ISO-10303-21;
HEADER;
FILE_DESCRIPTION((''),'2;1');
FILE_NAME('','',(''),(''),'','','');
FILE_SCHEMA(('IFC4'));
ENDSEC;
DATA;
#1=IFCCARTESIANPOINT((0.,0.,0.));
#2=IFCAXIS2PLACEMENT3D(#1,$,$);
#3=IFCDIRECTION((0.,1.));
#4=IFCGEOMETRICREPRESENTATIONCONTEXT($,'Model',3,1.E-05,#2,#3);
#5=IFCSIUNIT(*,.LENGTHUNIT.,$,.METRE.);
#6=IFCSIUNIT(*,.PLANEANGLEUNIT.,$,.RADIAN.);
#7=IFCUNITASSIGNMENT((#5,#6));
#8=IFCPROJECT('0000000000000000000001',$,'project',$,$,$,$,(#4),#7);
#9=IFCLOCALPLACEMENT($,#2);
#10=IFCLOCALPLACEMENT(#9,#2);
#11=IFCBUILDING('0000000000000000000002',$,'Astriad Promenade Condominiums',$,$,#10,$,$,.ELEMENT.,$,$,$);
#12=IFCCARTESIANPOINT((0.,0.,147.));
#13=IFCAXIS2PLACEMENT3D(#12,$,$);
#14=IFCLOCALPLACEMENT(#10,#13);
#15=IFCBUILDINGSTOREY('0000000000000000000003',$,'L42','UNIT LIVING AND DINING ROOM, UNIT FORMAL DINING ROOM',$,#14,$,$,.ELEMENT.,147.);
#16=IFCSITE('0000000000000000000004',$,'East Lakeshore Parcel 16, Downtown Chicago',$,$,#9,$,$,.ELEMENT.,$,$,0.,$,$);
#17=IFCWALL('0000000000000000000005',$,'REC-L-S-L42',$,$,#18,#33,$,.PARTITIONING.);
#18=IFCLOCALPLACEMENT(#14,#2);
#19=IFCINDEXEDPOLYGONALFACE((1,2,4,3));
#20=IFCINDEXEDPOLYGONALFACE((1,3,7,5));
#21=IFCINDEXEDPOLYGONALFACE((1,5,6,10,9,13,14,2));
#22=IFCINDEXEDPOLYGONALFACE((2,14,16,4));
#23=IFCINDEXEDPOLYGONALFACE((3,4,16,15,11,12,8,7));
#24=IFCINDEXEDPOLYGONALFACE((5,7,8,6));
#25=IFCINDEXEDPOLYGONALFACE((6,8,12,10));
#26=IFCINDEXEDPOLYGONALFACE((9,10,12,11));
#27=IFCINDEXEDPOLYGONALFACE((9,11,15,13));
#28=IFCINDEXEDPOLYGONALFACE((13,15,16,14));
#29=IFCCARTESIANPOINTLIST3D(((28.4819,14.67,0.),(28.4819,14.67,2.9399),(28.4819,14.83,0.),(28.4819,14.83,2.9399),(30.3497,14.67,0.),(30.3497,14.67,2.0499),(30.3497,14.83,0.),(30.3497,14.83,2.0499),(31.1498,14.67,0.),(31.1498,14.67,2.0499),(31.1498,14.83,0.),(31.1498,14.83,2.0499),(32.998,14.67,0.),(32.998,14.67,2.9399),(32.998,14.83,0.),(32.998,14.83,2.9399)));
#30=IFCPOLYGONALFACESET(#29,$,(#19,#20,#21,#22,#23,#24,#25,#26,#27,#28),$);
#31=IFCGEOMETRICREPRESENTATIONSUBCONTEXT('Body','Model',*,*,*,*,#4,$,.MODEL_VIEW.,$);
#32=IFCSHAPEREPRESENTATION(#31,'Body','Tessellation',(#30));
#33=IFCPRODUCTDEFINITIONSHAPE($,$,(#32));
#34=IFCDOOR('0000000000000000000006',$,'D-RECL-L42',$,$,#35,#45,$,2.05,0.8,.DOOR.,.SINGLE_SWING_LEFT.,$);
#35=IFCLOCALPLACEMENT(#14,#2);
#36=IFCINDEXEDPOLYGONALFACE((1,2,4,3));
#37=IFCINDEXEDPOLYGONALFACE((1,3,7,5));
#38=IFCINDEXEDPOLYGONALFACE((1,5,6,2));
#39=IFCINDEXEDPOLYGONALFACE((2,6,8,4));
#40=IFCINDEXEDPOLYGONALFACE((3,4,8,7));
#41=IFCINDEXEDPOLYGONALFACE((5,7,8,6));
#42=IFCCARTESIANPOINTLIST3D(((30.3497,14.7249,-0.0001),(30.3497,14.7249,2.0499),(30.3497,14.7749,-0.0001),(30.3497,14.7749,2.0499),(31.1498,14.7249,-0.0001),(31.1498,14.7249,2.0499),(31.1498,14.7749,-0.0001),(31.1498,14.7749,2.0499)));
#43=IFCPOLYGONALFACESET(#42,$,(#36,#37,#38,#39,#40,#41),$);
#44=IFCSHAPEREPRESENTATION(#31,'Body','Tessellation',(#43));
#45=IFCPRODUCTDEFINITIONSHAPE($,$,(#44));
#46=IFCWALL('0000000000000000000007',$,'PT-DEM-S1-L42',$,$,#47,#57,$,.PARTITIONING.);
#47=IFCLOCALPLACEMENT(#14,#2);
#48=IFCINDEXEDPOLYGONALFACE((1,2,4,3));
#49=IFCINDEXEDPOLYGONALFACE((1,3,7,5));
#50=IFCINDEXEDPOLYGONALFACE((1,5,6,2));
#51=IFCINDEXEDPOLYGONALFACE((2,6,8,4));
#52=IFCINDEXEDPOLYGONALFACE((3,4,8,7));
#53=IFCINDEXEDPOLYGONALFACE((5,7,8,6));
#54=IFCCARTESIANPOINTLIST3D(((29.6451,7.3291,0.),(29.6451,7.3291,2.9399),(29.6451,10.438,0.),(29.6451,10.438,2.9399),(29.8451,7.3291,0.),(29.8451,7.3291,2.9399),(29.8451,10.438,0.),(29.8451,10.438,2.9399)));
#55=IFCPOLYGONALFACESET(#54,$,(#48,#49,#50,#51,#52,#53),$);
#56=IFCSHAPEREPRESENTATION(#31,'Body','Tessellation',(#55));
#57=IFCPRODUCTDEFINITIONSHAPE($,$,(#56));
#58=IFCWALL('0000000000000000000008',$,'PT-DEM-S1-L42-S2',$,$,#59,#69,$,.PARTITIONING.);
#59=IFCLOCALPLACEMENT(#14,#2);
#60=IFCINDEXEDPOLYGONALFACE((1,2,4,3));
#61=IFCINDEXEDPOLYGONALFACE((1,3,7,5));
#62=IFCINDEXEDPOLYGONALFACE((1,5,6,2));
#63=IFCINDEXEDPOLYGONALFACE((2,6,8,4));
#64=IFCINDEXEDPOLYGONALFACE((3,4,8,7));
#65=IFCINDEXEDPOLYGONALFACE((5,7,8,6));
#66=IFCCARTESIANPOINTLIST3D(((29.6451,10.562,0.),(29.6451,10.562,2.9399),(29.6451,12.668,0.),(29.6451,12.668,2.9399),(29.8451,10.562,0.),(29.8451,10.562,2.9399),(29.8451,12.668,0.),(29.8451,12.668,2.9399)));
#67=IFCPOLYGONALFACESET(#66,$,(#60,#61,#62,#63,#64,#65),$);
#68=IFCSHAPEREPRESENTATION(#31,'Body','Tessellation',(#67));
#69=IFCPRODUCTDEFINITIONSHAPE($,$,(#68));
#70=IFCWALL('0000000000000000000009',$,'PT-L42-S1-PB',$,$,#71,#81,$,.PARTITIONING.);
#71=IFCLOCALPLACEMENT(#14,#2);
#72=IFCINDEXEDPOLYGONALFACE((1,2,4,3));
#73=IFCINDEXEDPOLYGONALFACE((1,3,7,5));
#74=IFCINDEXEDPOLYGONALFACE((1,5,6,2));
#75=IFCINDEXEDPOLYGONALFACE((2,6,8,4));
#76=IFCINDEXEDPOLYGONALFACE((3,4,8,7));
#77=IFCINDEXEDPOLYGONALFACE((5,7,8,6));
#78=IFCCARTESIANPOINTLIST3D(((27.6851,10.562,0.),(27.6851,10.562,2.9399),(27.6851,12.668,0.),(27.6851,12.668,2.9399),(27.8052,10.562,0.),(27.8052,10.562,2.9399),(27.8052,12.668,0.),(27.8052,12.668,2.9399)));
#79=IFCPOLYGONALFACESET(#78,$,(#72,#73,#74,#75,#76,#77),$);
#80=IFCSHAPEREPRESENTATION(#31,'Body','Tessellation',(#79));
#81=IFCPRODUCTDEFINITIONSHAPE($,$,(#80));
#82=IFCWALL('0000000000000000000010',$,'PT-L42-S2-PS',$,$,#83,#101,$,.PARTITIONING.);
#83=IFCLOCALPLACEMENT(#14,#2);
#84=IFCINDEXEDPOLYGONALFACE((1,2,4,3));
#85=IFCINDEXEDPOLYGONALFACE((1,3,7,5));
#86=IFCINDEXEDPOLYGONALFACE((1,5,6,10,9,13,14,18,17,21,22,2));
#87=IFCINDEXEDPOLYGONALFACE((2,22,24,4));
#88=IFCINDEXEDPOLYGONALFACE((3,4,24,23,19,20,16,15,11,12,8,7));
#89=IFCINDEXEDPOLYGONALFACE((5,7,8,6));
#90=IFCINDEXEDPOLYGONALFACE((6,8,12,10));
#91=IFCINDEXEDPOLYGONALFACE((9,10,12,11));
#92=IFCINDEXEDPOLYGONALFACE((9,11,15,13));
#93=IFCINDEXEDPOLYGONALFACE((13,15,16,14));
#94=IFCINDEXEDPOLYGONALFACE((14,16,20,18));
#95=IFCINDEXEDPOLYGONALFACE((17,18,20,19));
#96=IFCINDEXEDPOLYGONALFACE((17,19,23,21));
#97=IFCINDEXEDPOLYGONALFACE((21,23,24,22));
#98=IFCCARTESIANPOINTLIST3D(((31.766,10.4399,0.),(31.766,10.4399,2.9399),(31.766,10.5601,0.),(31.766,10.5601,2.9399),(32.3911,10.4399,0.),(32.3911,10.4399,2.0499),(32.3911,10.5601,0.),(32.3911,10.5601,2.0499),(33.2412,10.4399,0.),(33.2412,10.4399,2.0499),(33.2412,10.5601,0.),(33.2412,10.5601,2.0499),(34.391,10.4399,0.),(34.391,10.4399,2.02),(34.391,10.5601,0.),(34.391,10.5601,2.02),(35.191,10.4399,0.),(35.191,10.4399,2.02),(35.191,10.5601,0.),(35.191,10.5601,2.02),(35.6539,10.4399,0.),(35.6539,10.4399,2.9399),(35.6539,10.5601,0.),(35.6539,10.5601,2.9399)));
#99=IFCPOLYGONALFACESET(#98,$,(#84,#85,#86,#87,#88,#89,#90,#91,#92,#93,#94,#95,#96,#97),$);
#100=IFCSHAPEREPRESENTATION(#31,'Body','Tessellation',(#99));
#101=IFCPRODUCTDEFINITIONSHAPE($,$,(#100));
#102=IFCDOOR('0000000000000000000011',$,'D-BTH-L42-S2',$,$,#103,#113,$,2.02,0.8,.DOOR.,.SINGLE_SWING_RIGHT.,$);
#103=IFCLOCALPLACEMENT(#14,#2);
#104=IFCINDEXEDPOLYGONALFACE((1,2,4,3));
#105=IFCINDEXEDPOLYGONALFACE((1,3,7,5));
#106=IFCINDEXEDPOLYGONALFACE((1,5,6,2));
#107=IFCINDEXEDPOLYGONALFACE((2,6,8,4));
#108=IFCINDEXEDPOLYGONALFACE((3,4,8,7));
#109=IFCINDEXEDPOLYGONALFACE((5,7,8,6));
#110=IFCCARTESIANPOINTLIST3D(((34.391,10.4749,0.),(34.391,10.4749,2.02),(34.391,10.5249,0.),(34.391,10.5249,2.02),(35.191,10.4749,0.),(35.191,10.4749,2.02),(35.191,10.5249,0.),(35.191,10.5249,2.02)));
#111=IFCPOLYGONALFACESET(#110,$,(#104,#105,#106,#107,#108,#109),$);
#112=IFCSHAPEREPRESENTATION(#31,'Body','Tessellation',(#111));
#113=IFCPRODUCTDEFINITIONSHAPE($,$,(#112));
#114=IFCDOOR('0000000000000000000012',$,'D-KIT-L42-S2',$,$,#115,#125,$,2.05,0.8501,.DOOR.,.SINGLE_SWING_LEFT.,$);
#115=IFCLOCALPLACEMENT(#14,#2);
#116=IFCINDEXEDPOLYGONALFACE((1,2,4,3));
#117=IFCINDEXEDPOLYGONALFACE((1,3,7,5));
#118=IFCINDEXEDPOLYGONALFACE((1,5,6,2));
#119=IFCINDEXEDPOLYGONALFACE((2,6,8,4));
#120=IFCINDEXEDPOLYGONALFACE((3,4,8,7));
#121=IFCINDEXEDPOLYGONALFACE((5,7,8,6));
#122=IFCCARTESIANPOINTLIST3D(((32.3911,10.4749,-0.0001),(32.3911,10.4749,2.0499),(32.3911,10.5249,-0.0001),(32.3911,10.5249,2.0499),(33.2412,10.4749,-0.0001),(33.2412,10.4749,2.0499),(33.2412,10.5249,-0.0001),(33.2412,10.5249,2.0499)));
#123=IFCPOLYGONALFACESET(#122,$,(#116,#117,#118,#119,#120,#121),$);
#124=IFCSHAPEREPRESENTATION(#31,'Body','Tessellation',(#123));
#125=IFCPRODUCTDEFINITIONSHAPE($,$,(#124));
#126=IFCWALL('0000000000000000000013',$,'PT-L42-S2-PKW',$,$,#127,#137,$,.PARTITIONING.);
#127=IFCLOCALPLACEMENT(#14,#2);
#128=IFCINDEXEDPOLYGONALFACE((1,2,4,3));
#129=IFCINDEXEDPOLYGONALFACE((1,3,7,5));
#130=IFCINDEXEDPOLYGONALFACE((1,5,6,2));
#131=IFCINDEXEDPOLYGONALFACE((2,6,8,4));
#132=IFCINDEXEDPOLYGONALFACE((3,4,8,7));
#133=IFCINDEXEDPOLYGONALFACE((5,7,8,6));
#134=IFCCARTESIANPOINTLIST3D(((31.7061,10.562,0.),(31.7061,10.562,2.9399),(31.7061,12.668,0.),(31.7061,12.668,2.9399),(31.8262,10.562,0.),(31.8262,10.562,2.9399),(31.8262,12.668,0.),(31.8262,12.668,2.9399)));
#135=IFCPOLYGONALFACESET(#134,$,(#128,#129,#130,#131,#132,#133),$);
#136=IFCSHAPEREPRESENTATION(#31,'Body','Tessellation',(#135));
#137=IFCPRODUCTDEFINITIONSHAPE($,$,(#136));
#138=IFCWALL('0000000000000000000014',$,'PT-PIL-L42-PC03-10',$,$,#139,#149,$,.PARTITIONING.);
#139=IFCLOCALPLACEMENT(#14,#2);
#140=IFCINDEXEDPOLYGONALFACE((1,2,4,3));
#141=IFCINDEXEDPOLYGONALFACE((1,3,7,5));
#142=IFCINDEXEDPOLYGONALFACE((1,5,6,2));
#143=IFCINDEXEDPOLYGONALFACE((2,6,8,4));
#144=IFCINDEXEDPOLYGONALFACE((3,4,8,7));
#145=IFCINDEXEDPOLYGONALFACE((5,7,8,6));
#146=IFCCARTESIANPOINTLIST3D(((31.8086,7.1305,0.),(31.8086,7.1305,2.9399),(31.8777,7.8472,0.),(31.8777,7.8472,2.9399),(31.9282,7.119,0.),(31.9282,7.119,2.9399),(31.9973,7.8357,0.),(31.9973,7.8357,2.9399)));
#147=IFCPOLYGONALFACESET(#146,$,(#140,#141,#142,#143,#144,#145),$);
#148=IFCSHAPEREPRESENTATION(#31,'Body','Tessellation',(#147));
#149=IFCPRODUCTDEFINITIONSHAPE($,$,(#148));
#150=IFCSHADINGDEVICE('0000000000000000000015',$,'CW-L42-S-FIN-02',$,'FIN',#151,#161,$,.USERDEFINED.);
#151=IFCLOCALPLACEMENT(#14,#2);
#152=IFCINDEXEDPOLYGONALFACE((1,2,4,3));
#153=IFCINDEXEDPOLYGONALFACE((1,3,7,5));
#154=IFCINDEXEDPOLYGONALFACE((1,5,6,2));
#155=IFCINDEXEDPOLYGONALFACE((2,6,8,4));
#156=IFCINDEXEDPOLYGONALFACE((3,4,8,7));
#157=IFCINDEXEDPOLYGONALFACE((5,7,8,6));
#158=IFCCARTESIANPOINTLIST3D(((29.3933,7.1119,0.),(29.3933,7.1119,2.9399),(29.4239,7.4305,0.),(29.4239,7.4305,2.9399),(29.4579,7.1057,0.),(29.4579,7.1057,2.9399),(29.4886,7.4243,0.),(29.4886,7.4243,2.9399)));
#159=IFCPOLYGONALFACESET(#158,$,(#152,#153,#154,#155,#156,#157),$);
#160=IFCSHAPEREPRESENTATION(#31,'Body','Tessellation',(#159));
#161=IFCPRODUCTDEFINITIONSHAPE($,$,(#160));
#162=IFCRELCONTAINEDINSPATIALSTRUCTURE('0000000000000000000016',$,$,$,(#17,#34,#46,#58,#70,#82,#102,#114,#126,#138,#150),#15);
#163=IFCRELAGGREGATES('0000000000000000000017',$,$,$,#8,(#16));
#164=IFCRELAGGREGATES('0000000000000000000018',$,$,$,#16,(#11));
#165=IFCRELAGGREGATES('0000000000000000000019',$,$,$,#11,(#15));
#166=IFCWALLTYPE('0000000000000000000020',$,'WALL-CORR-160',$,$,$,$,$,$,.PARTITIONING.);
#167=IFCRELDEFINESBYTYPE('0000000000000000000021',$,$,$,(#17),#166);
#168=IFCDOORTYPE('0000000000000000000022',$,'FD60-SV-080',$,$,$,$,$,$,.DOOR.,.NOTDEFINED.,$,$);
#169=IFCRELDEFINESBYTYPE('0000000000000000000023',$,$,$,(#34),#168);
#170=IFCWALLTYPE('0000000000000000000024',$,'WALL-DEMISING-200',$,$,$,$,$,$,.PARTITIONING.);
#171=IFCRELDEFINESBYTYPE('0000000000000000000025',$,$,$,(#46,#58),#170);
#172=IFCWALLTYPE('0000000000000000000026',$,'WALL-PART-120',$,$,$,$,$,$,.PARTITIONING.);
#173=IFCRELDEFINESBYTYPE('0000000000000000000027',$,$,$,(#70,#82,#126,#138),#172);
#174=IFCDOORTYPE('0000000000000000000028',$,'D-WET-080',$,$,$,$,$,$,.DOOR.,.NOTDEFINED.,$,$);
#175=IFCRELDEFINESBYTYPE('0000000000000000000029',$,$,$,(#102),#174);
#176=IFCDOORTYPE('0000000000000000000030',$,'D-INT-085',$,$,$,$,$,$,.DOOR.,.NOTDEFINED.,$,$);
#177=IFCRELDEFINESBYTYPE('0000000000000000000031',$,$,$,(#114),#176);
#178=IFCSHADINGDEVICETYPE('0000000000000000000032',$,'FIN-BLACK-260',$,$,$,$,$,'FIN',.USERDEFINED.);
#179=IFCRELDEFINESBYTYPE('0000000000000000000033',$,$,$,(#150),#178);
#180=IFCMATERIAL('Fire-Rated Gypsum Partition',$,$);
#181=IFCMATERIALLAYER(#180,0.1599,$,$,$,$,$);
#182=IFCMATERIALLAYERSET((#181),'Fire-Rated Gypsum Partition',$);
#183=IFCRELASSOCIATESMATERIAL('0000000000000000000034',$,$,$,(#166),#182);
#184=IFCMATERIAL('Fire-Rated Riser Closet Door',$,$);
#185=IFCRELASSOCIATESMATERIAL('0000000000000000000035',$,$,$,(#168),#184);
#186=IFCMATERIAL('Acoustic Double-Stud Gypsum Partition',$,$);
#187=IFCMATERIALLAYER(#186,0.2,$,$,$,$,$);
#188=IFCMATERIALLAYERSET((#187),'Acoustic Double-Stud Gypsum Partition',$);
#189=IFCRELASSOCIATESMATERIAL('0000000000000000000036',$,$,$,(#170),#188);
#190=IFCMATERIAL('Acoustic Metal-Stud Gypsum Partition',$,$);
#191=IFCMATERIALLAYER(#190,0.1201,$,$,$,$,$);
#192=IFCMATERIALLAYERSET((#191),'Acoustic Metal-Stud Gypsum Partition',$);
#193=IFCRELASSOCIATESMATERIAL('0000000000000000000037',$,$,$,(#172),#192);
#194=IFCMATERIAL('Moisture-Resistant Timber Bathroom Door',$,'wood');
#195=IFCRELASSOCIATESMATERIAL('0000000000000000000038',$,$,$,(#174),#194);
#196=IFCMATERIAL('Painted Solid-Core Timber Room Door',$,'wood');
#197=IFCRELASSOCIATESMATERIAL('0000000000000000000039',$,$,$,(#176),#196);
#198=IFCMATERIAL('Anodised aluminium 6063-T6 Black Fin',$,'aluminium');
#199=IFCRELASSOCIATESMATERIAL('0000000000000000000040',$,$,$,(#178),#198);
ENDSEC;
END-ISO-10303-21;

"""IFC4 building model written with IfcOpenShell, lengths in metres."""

from ifc_helpers import new_model, si_unit, direction, frame, frame_2d, origin, origin_2d, place, context, subcontext, project, spatial, rectangle, extrude, source, transform, mapped, material, layer, layer_set, type_object, type_shapes, element, fill, save


model = new_model("IFC4")

# Units and contexts
model_context = context("Model", 3, precision=1e-05, world=origin(), true_north=direction((0.0, 1.0)))
body_context = subcontext(model_context, "Body", "Model", "MODEL_VIEW")
ifc_project = project(units=[si_unit("LENGTHUNIT", "METRE"), si_unit("PLANEANGLEUNIT", "RADIAN")], contexts=[model_context])

# Site, building, storey
site_placement = place(None, origin())
site = spatial("IfcSite", under=ifc_project, at=site_placement, Name="East Lakeshore Parcel 16, Downtown Chicago", CompositionType="ELEMENT", RefElevation=0.0)
building_placement = place(site_placement, origin())
building = spatial("IfcBuilding", under=site, at=building_placement, Name="Astriad Promenade Condominiums", CompositionType="ELEMENT")
storey_placement = place(building_placement, frame((0.0, 0.0, 147.0)))
storey = spatial("IfcBuildingStorey", under=building, at=storey_placement, Name="L42", Description="UNIT LIVING AND DINING ROOM, UNIT FORMAL DINING ROOM", CompositionType="ELEMENT", Elevation=147.0)

# Shared definitions
ifc_material_1 = material(Name="Fire-Rated Gypsum Partition")
ifc_layer_1 = layer(ifc_material_1, 0.1599)
ifc_layer_set_1 = layer_set([ifc_layer_1], Name="Fire-Rated Gypsum Partition")
wall_type_1 = type_object("IfcWallType", Name="WALL-CORR-160", PredefinedType="PARTITIONING", material=ifc_layer_set_1)

# Wall, opening, door
wall_1_placement = place(storey_placement, frame((28.4819, 14.75, 0.0), z_axis=(0.0, 0.0, 1.0), x_axis=(1.0, 0.0, 0.0)))
wall_1 = element("IfcWall", 1, at=wall_1_placement, inside=storey, type_object=wall_type_1, Name="REC-L-S-L42", PredefinedType="PARTITIONING", context=body_context, shape_type="SweptSolid", body=[
    extrude(rectangle(XDim=4.5161, YDim=0.1599, at=frame_2d((2.2581, 0.0))), origin(), (0.0, 0.0, 1.0), 2.9399),
])
opening_1_placement = place(wall_1_placement, frame((1.8679, 0.0, 0.0)))
opening_1 = element("IfcOpeningElement", 2, at=opening_1_placement, cuts=wall_1, PredefinedType="OPENING", context=body_context, shape_type="SweptSolid", body=[
    extrude(rectangle(XDim=0.8, YDim=2.05, at=frame_2d((0.3999, 1.0249))), frame((0.0, 0.0898, 0.0), z_axis=(0.0, -1.0, 0.0), x_axis=(1.0, 0.0, 0.0)), (0.0, 0.0, 1.0), 0.1799),
])
ifc_material_2 = material(Name="Fire-Rated Riser Closet Door")
door_type_1 = type_object("IfcDoorType", Name="FD60-SV-080", OperationType="NOTDEFINED", PredefinedType="DOOR", material=ifc_material_2)
shared_shape_1 = source(origin(), body_context, "Body", "SweptSolid", [
    extrude(rectangle(XDim=0.8, YDim=2.05, at=frame_2d((0.3999, 1.0249))), frame((0.0, 0.0249, 0.0), z_axis=(0.0, -1.0, 0.0), x_axis=(1.0, 0.0, 0.0)), (0.0, 0.0, 1.0), 0.05),
])
type_shapes(door_type_1, [shared_shape_1])
door_1_placement = place(opening_1_placement, origin())
door_1 = element("IfcDoor", 3, at=door_1_placement, inside=storey, type_object=door_type_1, Name="D-RECL-L42", OperationType="SINGLE_SWING_LEFT", OverallHeight=2.05, OverallWidth=0.8, PredefinedType="DOOR", context=body_context, shape_type="MappedRepresentation", body=[
    mapped(shared_shape_1, transform((0.0, 0.0, 0.0), scale=1.0)),
])
fill(opening_1, door_1)

# Walls
ifc_material_3 = material(Name="Acoustic Double-Stud Gypsum Partition")
ifc_layer_2 = layer(ifc_material_3, 0.2)
ifc_layer_set_2 = layer_set([ifc_layer_2], Name="Acoustic Double-Stud Gypsum Partition")
wall_type_2 = type_object("IfcWallType", Name="WALL-DEMISING-200", PredefinedType="PARTITIONING", material=ifc_layer_set_2)
wall_2_placement = place(storey_placement, frame((29.7451, 7.3291, 0.0), z_axis=(0.0, 0.0, 1.0), x_axis=(0.0, 1.0, 0.0)))
element("IfcWall", 4, at=wall_2_placement, inside=storey, type_object=wall_type_2, Name="PT-DEM-S1-L42", PredefinedType="PARTITIONING", context=body_context, shape_type="SweptSolid", body=[
    extrude(rectangle(XDim=3.1089, YDim=0.2, at=frame_2d((1.5544, 0.0))), origin(), (0.0, 0.0, 1.0), 2.9399),
])
wall_3_placement = place(storey_placement, frame((29.7451, 10.562, 0.0), z_axis=(0.0, 0.0, 1.0), x_axis=(0.0, 1.0, 0.0)))
element("IfcWall", 5, at=wall_3_placement, inside=storey, type_object=wall_type_2, Name="PT-DEM-S1-L42-S2", PredefinedType="PARTITIONING", context=body_context, shape_type="SweptSolid", body=[
    extrude(rectangle(XDim=2.106, YDim=0.2, at=frame_2d((1.053, 0.0))), origin(), (0.0, 0.0, 1.0), 2.9399),
])
ifc_material_4 = material(Name="Acoustic Metal-Stud Gypsum Partition")
ifc_layer_3 = layer(ifc_material_4, 0.1201)
ifc_layer_set_3 = layer_set([ifc_layer_3], Name="Acoustic Metal-Stud Gypsum Partition")
wall_type_3 = type_object("IfcWallType", Name="WALL-PART-120", PredefinedType="PARTITIONING", material=ifc_layer_set_3)
wall_4_placement = place(storey_placement, frame((27.7451, 10.562, 0.0), z_axis=(0.0, 0.0, 1.0), x_axis=(0.0, 1.0, 0.0)))
element("IfcWall", 6, at=wall_4_placement, inside=storey, type_object=wall_type_3, Name="PT-L42-S1-PB", PredefinedType="PARTITIONING", context=body_context, shape_type="SweptSolid", body=[
    extrude(rectangle(XDim=2.106, YDim=0.1201, at=frame_2d((1.053, 0.0))), origin(), (0.0, 0.0, 1.0), 2.9399),
])

# Wall, openings, doors
wall_5_placement = place(storey_placement, frame((31.7661, 10.5, 0.0), z_axis=(0.0, 0.0, 1.0), x_axis=(1.0, 0.0, 0.0)))
wall_5 = element("IfcWall", 7, at=wall_5_placement, inside=storey, type_object=wall_type_3, Name="PT-L42-S2-PS", PredefinedType="PARTITIONING", context=body_context, shape_type="SweptSolid", body=[
    extrude(rectangle(XDim=3.8879, YDim=0.1201, at=frame_2d((1.9438, 0.0))), origin(), (0.0, 0.0, 1.0), 2.9399),
])
opening_2_placement = place(wall_5_placement, frame((0.625, 0.0, 0.0)))
opening_2 = element("IfcOpeningElement", 8, at=opening_2_placement, cuts=wall_5, PredefinedType="OPENING", context=body_context, shape_type="SweptSolid", body=[
    extrude(rectangle(XDim=0.8501, YDim=2.05, at=frame_2d((0.425, 1.0249))), frame((0.0, 0.0701, 0.0), z_axis=(0.0, -1.0, 0.0), x_axis=(1.0, 0.0, 0.0)), (0.0, 0.0, 1.0), 0.1401),
])
opening_3_placement = place(wall_5_placement, frame((2.625, 0.0, 0.0)))
opening_3 = element("IfcOpeningElement", 9, at=opening_3_placement, cuts=wall_5, PredefinedType="OPENING", context=body_context, shape_type="SweptSolid", body=[
    extrude(rectangle(XDim=0.8, YDim=2.02, at=frame_2d((0.3999, 1.01))), frame((0.0, 0.0701, 0.0), z_axis=(0.0, -1.0, 0.0), x_axis=(1.0, 0.0, 0.0)), (0.0, 0.0, 1.0), 0.1401),
])
ifc_material_5 = material(Name="Moisture-Resistant Timber Bathroom Door", Category="wood")
door_type_2 = type_object("IfcDoorType", Name="D-WET-080", OperationType="NOTDEFINED", PredefinedType="DOOR", material=ifc_material_5)
shared_shape_2 = source(origin(), body_context, "Body", "SweptSolid", [
    extrude(rectangle(XDim=0.8, YDim=2.02, at=frame_2d((0.3999, 1.01))), frame((0.0, 0.0249, 0.0), z_axis=(0.0, -1.0, 0.0), x_axis=(1.0, 0.0, 0.0)), (0.0, 0.0, 1.0), 0.05),
])
type_shapes(door_type_2, [shared_shape_2])
door_2_placement = place(opening_3_placement, origin())
door_2 = element("IfcDoor", 10, at=door_2_placement, inside=storey, type_object=door_type_2, Name="D-BTH-L42-S2", OperationType="SINGLE_SWING_RIGHT", OverallHeight=2.02, OverallWidth=0.8, PredefinedType="DOOR", context=body_context, shape_type="MappedRepresentation", body=[
    mapped(shared_shape_2, transform((0.0, 0.0, 0.0), scale=1.0)),
])
fill(opening_3, door_2)
ifc_material_6 = material(Name="Painted Solid-Core Timber Room Door", Category="wood")
door_type_3 = type_object("IfcDoorType", Name="D-INT-085", OperationType="NOTDEFINED", PredefinedType="DOOR", material=ifc_material_6)
shared_shape_3 = source(origin(), body_context, "Body", "SweptSolid", [
    extrude(rectangle(XDim=0.8501, YDim=2.05, at=frame_2d((0.425, 1.0249))), frame((0.0, 0.0249, 0.0), z_axis=(0.0, -1.0, 0.0), x_axis=(1.0, 0.0, 0.0)), (0.0, 0.0, 1.0), 0.05),
])
type_shapes(door_type_3, [shared_shape_3])
door_3_placement = place(opening_2_placement, origin())
door_3 = element("IfcDoor", 11, at=door_3_placement, inside=storey, type_object=door_type_3, Name="D-KIT-L42-S2", OperationType="SINGLE_SWING_LEFT", OverallHeight=2.05, OverallWidth=0.8501, PredefinedType="DOOR", context=body_context, shape_type="MappedRepresentation", body=[
    mapped(shared_shape_3, transform((0.0, 0.0, 0.0), scale=1.0)),
])
fill(opening_2, door_3)

# Walls
wall_6_placement = place(storey_placement, frame((31.7661, 10.562, 0.0), z_axis=(0.0, 0.0, 1.0), x_axis=(0.0, 1.0, 0.0)))
element("IfcWall", 12, at=wall_6_placement, inside=storey, type_object=wall_type_3, Name="PT-L42-S2-PKW", PredefinedType="PARTITIONING", context=body_context, shape_type="SweptSolid", body=[
    extrude(rectangle(XDim=2.106, YDim=0.1201, at=frame_2d((1.053, 0.0))), origin(), (0.0, 0.0, 1.0), 2.9399),
])
wall_7_placement = place(storey_placement, frame((31.9375, 7.8413, 0.0), z_axis=(0.0, 0.0, 1.0), x_axis=(-0.095977, -0.995384, 0.0)))
element("IfcWall", 13, at=wall_7_placement, inside=storey, type_object=wall_type_3, Name="PT-PIL-L42-PC03-10", PredefinedType="PARTITIONING", context=body_context, shape_type="SweptSolid", body=[
    extrude(rectangle(XDim=0.72, YDim=0.1201, at=frame_2d((0.3599, 0.0))), origin(), (0.0, 0.0, 1.0), 2.9399),
])

# Shading device
ifc_material_7 = material(Name="Anodised aluminium 6063-T6 Black Fin", Category="aluminium")
shading_device_type = type_object("IfcShadingDeviceType", Name="FIN-BLACK-260", ElementType="FIN", PredefinedType="USERDEFINED", material=ifc_material_7)
shared_shape_4 = source(origin(), body_context, "Body", "SweptSolid", [
    extrude(rectangle(XDim=0.0649, YDim=0.3201, at=origin_2d()), origin(), (0.0, 0.0, 1.0), 2.9399),
])
type_shapes(shading_device_type, [shared_shape_4])
shading_device_placement = place(storey_placement, frame((29.4409, 7.2681, 0.0), z_axis=(0.0, 0.0, 1.0), x_axis=(-0.995396, 0.095846, 0.0)))
element("IfcShadingDevice", 14, at=shading_device_placement, inside=storey, type_object=shading_device_type, Name="CW-L42-S-FIN-02", ObjectType="FIN", PredefinedType="USERDEFINED", context=body_context, shape_type="MappedRepresentation", body=[
    mapped(shared_shape_4, transform((0.0, 0.0, 0.0), scale=1.0)),
])

save(model, "model.ifc")
